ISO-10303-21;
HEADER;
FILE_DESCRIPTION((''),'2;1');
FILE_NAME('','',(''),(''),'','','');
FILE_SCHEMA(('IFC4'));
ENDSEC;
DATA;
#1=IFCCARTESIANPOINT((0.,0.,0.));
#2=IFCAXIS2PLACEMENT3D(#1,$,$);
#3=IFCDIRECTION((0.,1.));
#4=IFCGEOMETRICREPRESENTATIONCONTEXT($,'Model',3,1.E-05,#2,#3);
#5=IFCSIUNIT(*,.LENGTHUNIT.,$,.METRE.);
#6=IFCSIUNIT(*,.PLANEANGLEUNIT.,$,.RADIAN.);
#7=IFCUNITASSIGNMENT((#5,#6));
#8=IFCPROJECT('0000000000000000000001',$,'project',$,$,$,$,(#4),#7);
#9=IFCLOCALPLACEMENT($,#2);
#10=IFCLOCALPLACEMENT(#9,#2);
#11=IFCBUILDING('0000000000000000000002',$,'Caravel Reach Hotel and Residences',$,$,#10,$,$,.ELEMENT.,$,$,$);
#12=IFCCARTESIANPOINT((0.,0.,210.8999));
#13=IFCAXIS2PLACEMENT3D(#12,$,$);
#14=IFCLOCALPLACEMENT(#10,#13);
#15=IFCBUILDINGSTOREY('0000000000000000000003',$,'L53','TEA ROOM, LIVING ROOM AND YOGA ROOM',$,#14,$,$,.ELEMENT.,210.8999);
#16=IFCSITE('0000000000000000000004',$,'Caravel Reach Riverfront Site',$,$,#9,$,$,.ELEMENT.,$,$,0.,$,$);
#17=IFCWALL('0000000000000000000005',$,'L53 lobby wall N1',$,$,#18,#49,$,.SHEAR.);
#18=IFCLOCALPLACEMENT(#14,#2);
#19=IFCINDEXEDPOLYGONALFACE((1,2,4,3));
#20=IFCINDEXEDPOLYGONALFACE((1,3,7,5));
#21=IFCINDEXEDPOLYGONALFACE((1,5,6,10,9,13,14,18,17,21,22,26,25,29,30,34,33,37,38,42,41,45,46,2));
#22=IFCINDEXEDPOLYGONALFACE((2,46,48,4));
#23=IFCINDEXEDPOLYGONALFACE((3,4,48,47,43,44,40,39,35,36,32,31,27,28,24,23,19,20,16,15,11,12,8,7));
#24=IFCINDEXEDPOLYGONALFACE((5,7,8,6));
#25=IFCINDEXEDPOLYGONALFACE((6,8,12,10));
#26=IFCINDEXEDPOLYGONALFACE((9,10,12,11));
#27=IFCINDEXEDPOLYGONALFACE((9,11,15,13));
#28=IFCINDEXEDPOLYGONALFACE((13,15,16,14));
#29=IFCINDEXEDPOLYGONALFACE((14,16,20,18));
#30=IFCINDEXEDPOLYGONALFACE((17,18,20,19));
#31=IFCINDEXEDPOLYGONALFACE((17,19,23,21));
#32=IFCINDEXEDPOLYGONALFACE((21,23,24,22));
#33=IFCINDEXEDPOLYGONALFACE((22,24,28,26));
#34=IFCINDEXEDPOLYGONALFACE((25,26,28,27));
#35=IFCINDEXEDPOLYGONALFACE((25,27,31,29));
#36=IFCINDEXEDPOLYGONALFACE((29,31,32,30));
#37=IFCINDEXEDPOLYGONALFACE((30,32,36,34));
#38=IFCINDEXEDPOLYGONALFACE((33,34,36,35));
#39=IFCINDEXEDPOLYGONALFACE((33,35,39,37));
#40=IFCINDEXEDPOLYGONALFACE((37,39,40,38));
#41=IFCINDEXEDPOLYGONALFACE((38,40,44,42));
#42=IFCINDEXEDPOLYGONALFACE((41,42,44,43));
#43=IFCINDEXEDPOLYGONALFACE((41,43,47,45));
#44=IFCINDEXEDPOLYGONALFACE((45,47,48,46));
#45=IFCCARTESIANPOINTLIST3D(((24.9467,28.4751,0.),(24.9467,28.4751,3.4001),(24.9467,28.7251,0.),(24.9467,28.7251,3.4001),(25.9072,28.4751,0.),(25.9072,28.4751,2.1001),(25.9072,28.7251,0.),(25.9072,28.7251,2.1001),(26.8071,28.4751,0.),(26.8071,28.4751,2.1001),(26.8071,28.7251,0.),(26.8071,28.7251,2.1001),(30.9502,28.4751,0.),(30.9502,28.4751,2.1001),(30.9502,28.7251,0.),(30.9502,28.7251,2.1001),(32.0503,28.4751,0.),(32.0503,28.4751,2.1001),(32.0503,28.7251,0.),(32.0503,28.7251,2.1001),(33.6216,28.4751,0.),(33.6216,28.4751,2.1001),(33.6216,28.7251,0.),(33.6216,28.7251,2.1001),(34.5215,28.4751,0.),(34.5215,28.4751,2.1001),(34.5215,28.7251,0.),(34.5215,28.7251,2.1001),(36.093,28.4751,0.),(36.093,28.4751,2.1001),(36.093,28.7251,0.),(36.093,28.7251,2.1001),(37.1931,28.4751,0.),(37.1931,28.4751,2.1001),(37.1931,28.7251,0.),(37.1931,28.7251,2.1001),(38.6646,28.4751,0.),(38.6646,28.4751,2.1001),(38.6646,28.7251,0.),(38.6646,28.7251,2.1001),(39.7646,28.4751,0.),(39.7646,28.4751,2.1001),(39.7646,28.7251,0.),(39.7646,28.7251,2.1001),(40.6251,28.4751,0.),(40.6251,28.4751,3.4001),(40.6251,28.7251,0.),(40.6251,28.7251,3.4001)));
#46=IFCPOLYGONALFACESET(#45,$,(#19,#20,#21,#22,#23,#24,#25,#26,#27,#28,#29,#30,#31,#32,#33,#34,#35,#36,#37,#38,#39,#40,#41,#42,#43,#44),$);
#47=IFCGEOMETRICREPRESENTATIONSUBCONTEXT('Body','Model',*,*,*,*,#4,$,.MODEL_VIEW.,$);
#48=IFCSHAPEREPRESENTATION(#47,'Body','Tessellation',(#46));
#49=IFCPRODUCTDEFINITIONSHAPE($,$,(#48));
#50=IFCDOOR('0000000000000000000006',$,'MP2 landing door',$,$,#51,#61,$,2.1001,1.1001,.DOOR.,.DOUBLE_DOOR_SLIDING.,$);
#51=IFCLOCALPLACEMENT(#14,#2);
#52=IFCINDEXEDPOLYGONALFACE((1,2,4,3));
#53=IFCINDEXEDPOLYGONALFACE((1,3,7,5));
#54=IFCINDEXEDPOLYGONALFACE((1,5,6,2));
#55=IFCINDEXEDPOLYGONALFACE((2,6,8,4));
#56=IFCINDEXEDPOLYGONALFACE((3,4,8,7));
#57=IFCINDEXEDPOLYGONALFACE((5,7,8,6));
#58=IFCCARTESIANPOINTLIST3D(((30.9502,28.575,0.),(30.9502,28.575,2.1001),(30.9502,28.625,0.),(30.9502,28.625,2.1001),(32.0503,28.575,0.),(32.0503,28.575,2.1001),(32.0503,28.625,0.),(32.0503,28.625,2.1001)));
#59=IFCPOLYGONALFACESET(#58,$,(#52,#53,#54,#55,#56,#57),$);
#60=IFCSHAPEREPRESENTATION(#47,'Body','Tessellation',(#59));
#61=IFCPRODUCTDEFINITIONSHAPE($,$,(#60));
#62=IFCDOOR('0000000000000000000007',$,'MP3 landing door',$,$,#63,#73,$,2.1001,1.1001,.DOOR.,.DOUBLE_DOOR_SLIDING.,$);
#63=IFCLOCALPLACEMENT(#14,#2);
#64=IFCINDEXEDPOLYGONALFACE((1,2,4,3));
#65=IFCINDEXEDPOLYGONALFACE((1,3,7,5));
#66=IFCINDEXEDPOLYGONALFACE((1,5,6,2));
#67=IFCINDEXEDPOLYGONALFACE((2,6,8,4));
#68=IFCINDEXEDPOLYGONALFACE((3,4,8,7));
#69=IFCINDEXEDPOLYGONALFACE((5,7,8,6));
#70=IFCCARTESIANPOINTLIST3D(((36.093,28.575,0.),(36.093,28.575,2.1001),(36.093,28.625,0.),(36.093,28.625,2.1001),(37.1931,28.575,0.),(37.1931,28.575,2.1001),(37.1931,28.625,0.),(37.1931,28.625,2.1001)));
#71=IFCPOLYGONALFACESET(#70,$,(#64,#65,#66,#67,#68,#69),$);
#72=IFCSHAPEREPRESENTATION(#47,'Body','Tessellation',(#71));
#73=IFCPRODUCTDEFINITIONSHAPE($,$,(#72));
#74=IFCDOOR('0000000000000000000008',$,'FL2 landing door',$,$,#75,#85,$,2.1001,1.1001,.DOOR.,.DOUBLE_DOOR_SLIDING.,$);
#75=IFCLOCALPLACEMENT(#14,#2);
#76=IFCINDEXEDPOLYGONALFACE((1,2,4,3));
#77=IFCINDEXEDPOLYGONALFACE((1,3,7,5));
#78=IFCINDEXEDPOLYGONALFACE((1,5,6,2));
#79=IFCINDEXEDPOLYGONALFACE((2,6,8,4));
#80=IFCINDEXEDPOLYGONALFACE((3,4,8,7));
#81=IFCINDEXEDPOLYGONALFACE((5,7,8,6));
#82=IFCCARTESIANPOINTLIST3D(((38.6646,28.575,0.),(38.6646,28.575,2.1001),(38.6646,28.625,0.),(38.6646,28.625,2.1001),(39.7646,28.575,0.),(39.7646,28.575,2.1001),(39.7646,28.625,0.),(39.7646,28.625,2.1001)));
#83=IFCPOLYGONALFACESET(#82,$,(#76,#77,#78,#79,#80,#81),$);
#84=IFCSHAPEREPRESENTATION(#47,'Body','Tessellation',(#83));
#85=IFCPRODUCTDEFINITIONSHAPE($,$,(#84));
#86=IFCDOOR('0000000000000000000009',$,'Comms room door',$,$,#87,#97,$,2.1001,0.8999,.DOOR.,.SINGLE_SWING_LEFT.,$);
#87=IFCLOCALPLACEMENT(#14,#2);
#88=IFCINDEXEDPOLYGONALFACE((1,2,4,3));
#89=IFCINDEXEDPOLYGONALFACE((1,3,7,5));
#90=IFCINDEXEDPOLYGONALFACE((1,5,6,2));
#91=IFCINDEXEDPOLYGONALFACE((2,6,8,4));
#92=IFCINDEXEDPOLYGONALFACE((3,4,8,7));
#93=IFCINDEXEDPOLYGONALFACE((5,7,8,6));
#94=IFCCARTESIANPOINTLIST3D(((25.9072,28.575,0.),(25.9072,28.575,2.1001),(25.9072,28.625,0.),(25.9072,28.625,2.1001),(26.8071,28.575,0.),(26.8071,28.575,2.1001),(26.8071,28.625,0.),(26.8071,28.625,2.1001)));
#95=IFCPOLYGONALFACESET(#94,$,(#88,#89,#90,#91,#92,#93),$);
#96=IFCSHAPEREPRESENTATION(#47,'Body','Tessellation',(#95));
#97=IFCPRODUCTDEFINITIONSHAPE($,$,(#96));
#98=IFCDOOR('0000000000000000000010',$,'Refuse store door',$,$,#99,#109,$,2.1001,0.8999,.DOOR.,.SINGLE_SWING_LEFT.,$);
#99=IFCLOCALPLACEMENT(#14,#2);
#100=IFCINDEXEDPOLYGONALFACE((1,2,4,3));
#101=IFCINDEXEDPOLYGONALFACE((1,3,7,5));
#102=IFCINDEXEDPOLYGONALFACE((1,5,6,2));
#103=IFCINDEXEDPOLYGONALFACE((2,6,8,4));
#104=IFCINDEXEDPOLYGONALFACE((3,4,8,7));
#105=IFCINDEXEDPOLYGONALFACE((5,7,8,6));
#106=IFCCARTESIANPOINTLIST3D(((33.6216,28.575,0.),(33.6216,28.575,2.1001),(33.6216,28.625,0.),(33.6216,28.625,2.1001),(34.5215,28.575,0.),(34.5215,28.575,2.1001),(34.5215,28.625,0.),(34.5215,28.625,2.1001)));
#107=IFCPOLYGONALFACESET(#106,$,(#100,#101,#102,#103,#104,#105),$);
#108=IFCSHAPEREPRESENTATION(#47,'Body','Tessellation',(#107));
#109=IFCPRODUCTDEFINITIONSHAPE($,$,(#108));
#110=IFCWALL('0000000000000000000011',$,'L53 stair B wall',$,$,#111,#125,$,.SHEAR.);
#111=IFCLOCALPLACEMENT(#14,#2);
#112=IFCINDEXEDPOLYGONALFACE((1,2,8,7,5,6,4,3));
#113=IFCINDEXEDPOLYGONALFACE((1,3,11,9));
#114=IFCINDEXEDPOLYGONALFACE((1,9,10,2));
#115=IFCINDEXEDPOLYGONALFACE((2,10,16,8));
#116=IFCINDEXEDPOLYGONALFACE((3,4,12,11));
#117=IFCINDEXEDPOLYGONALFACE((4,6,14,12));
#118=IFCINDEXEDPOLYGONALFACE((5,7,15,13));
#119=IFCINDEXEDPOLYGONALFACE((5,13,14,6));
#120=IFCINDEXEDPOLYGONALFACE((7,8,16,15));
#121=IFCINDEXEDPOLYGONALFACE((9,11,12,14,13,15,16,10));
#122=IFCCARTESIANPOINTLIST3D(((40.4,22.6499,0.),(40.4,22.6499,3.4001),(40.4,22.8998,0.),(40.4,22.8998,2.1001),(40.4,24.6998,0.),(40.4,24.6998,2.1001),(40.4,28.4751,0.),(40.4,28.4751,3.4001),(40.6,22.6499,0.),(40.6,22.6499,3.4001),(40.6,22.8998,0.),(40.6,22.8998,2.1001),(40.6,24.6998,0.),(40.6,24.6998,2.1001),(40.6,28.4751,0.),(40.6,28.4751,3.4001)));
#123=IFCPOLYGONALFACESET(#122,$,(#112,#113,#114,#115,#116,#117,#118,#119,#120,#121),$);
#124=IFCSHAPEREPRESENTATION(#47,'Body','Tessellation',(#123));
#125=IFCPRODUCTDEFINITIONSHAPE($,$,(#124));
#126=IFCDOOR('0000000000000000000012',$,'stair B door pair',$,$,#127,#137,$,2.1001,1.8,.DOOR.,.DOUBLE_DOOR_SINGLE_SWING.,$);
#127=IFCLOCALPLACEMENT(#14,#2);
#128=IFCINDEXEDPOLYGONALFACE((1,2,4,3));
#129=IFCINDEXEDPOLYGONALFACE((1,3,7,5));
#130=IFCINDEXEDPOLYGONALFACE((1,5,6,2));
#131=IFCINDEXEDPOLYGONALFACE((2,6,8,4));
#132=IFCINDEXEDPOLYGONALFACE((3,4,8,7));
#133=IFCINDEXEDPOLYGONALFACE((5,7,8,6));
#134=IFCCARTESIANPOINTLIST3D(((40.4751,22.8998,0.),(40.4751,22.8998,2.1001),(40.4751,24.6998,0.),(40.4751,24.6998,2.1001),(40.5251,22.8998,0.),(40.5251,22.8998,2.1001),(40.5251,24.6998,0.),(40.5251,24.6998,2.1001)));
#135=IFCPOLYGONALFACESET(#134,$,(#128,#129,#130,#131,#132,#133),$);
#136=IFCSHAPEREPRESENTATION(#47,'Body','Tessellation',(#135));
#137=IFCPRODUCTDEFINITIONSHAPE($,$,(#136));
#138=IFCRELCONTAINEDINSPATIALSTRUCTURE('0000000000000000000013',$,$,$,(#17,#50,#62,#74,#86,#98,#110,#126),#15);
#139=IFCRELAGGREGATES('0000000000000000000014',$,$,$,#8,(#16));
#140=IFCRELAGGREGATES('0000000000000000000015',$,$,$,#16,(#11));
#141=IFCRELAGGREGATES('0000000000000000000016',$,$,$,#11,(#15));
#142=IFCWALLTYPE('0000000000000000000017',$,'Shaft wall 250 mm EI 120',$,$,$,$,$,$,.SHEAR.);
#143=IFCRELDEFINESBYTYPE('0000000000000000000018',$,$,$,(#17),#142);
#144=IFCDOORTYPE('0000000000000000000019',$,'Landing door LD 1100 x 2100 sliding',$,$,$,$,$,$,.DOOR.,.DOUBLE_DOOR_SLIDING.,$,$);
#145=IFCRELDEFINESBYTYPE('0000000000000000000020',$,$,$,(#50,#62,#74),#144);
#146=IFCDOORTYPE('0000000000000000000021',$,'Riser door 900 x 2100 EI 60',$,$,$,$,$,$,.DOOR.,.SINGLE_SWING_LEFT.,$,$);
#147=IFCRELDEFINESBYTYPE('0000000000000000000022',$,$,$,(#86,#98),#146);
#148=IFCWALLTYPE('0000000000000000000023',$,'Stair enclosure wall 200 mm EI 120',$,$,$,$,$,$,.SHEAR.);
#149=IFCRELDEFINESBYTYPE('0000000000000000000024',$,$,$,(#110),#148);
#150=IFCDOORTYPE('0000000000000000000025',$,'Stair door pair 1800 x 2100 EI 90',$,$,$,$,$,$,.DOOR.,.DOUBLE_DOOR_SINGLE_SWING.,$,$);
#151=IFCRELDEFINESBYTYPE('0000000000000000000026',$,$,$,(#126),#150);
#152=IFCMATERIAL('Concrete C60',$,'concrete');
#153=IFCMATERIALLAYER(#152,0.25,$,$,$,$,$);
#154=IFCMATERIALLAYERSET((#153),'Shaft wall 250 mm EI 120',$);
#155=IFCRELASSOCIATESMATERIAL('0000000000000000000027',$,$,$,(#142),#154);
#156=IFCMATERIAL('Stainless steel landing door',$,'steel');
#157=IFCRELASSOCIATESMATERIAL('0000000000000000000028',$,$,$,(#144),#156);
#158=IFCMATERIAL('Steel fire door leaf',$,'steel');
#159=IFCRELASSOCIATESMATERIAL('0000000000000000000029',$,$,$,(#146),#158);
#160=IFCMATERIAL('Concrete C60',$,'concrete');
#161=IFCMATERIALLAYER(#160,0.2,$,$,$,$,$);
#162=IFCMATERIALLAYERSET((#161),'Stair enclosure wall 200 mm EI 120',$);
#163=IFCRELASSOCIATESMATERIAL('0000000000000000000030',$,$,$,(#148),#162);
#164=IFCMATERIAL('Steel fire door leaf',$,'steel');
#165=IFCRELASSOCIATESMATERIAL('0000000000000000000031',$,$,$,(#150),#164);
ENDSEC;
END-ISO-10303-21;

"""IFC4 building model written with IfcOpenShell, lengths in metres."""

from ifc_helpers import new_model, si_unit, direction, frame, frame_2d, origin, place, context, subcontext, project, spatial, rectangle, extrude, material, layer, layer_set, type_object, element, fill, save


model = new_model("IFC4")

# Units and contexts
model_context = context("Model", 3, precision=1e-05, world=origin(), true_north=direction((0.0, 1.0)))
body_context = subcontext(model_context, "Body", "Model", "MODEL_VIEW")
ifc_project = project(units=[si_unit("LENGTHUNIT", "METRE"), si_unit("PLANEANGLEUNIT", "RADIAN")], contexts=[model_context])

# Site, building, storey
site_placement = place(None, origin())
site = spatial("IfcSite", under=ifc_project, at=site_placement, Name="Caravel Reach Riverfront Site", CompositionType="ELEMENT", RefElevation=0.0)
building_placement = place(site_placement, origin())
building = spatial("IfcBuilding", under=site, at=building_placement, Name="Caravel Reach Hotel and Residences", CompositionType="ELEMENT")
storey_placement = place(building_placement, frame((0.0, 0.0, 210.8999)))
storey = spatial("IfcBuildingStorey", under=building, at=storey_placement, Name="L53", Description="TEA ROOM, LIVING ROOM AND YOGA ROOM", CompositionType="ELEMENT", Elevation=210.8999)

# Wall, openings, doors
ifc_material_1 = material(Name="Concrete C60", Category="concrete")
ifc_layer_1 = layer(ifc_material_1, 0.25)
ifc_layer_set_1 = layer_set([ifc_layer_1], Name="Shaft wall 250 mm EI 120")
wall_type_1 = type_object("IfcWallType", Name="Shaft wall 250 mm EI 120", PredefinedType="SHEAR", material=ifc_layer_set_1)
wall_1_placement = place(storey_placement, frame((24.9465, 28.6001, 0.0), z_axis=(0.0, 0.0, 1.0), x_axis=(1.0, 0.0, 0.0)))
wall_1 = element("IfcWall", 1, at=wall_1_placement, inside=storey, type_object=wall_type_1, Name="L53 lobby wall N1", PredefinedType="SHEAR", context=body_context, shape_type="SweptSolid", body=[
    extrude(rectangle(XDim=15.6785, YDim=0.25, at=frame_2d((7.8394, 0.0))), origin(), (0.0, 0.0, 1.0), 3.4001),
])
opening_1_placement = place(wall_1_placement, frame((6.0037, 0.0, 0.0)))
opening_1 = element("IfcOpeningElement", 2, at=opening_1_placement, cuts=wall_1, PredefinedType="OPENING", context=body_context, shape_type="SweptSolid", body=[
    extrude(rectangle(XDim=1.1001, YDim=2.1001, at=frame_2d((0.55, 1.05))), frame((0.0, 0.135, 0.0), z_axis=(0.0, -1.0, 0.0), x_axis=(1.0, 0.0, 0.0)), (0.0, 0.0, 1.0), 0.27),
])
opening_2_placement = place(wall_1_placement, frame((11.1465, 0.0, 0.0)))
opening_2 = element("IfcOpeningElement", 3, at=opening_2_placement, cuts=wall_1, PredefinedType="OPENING", context=body_context, shape_type="SweptSolid", body=[
    extrude(rectangle(XDim=1.1001, YDim=2.1001, at=frame_2d((0.55, 1.05))), frame((0.0, 0.135, 0.0), z_axis=(0.0, -1.0, 0.0), x_axis=(1.0, 0.0, 0.0)), (0.0, 0.0, 1.0), 0.27),
])
opening_3_placement = place(wall_1_placement, frame((13.718, 0.0, 0.0)))
opening_3 = element("IfcOpeningElement", 4, at=opening_3_placement, cuts=wall_1, PredefinedType="OPENING", context=body_context, shape_type="SweptSolid", body=[
    extrude(rectangle(XDim=1.1001, YDim=2.1001, at=frame_2d((0.55, 1.05))), frame((0.0, 0.135, 0.0), z_axis=(0.0, -1.0, 0.0), x_axis=(1.0, 0.0, 0.0)), (0.0, 0.0, 1.0), 0.27),
])
opening_4_placement = place(wall_1_placement, frame((0.9607, 0.0, 0.0)))
opening_4 = element("IfcOpeningElement", 5, at=opening_4_placement, cuts=wall_1, PredefinedType="OPENING", context=body_context, shape_type="SweptSolid", body=[
    extrude(rectangle(XDim=0.8999, YDim=2.1001, at=frame_2d((0.45, 1.05))), frame((0.0, 0.135, 0.0), z_axis=(0.0, -1.0, 0.0), x_axis=(1.0, 0.0, 0.0)), (0.0, 0.0, 1.0), 0.27),
])
opening_5_placement = place(wall_1_placement, frame((8.675, 0.0, 0.0)))
opening_5 = element("IfcOpeningElement", 6, at=opening_5_placement, cuts=wall_1, PredefinedType="OPENING", context=body_context, shape_type="SweptSolid", body=[
    extrude(rectangle(XDim=0.8999, YDim=2.1001, at=frame_2d((0.45, 1.05))), frame((0.0, 0.135, 0.0), z_axis=(0.0, -1.0, 0.0), x_axis=(1.0, 0.0, 0.0)), (0.0, 0.0, 1.0), 0.27),
])
ifc_material_2 = material(Name="Stainless steel landing door", Category="steel")
door_type_1 = type_object("IfcDoorType", Name="Landing door LD 1100 x 2100 sliding", OperationType="DOUBLE_DOOR_SLIDING", PredefinedType="DOOR", material=ifc_material_2)
door_1_placement = place(opening_1_placement, origin())
door_1 = element("IfcDoor", 7, at=door_1_placement, inside=storey, type_object=door_type_1, Name="MP2 landing door", OperationType="DOUBLE_DOOR_SLIDING", OverallHeight=2.1001, OverallWidth=1.1001, PredefinedType="DOOR", context=body_context, shape_type="SweptSolid", body=[
    extrude(rectangle(XDim=1.1001, YDim=2.1001, at=frame_2d((0.55, 1.05))), frame((0.0, 0.0249, 0.0), z_axis=(0.0, -1.0, 0.0), x_axis=(1.0, 0.0, 0.0)), (0.0, 0.0, 1.0), 0.05),
])
fill(opening_1, door_1)
door_2_placement = place(opening_2_placement, origin())
door_2 = element("IfcDoor", 8, at=door_2_placement, inside=storey, type_object=door_type_1, Name="MP3 landing door", OperationType="DOUBLE_DOOR_SLIDING", OverallHeight=2.1001, OverallWidth=1.1001, PredefinedType="DOOR", context=body_context, shape_type="SweptSolid", body=[
    extrude(rectangle(XDim=1.1001, YDim=2.1001, at=frame_2d((0.55, 1.05))), frame((0.0, 0.0249, 0.0), z_axis=(0.0, -1.0, 0.0), x_axis=(1.0, 0.0, 0.0)), (0.0, 0.0, 1.0), 0.05),
])
fill(opening_2, door_2)
door_3_placement = place(opening_3_placement, origin())
door_3 = element("IfcDoor", 9, at=door_3_placement, inside=storey, type_object=door_type_1, Name="FL2 landing door", OperationType="DOUBLE_DOOR_SLIDING", OverallHeight=2.1001, OverallWidth=1.1001, PredefinedType="DOOR", context=body_context, shape_type="SweptSolid", body=[
    extrude(rectangle(XDim=1.1001, YDim=2.1001, at=frame_2d((0.55, 1.05))), frame((0.0, 0.0249, 0.0), z_axis=(0.0, -1.0, 0.0), x_axis=(1.0, 0.0, 0.0)), (0.0, 0.0, 1.0), 0.05),
])
fill(opening_3, door_3)
ifc_material_3 = material(Name="Steel fire door leaf", Category="steel")
door_type_2 = type_object("IfcDoorType", Name="Riser door 900 x 2100 EI 60", OperationType="SINGLE_SWING_LEFT", PredefinedType="DOOR", material=ifc_material_3)
door_4_placement = place(opening_4_placement, origin())
door_4 = element("IfcDoor", 10, at=door_4_placement, inside=storey, type_object=door_type_2, Name="Comms room door", OperationType="SINGLE_SWING_LEFT", OverallHeight=2.1001, OverallWidth=0.8999, PredefinedType="DOOR", context=body_context, shape_type="SweptSolid", body=[
    extrude(rectangle(XDim=0.8999, YDim=2.1001, at=frame_2d((0.45, 1.05))), frame((0.0, 0.0249, 0.0), z_axis=(0.0, -1.0, 0.0), x_axis=(1.0, 0.0, 0.0)), (0.0, 0.0, 1.0), 0.05),
])
fill(opening_4, door_4)
door_5_placement = place(opening_5_placement, origin())
door_5 = element("IfcDoor", 11, at=door_5_placement, inside=storey, type_object=door_type_2, Name="Refuse store door", OperationType="SINGLE_SWING_LEFT", OverallHeight=2.1001, OverallWidth=0.8999, PredefinedType="DOOR", context=body_context, shape_type="SweptSolid", body=[
    extrude(rectangle(XDim=0.8999, YDim=2.1001, at=frame_2d((0.45, 1.05))), frame((0.0, 0.0249, 0.0), z_axis=(0.0, -1.0, 0.0), x_axis=(1.0, 0.0, 0.0)), (0.0, 0.0, 1.0), 0.05),
])
fill(opening_5, door_5)

# Wall, opening, door
ifc_material_4 = material(Name="Concrete C60", Category="concrete")
ifc_layer_2 = layer(ifc_material_4, 0.2)
ifc_layer_set_2 = layer_set([ifc_layer_2], Name="Stair enclosure wall 200 mm EI 120")
wall_type_2 = type_object("IfcWallType", Name="Stair enclosure wall 200 mm EI 120", PredefinedType="SHEAR", material=ifc_layer_set_2)
wall_2_placement = place(storey_placement, frame((40.5, 22.6499, 0.0), z_axis=(0.0, 0.0, 1.0), x_axis=(0.0, 1.0, 0.0)))
wall_2 = element("IfcWall", 12, at=wall_2_placement, inside=storey, type_object=wall_type_2, Name="L53 stair B wall", PredefinedType="SHEAR", context=body_context, shape_type="SweptSolid", body=[
    extrude(rectangle(XDim=5.8252, YDim=0.2, at=frame_2d((2.9126, 0.0))), origin(), (0.0, 0.0, 1.0), 3.4001),
])
opening_6_placement = place(wall_2_placement, frame((0.25, 0.0, 0.0)))
opening_6 = element("IfcOpeningElement", 13, at=opening_6_placement, cuts=wall_2, PredefinedType="OPENING", context=body_context, shape_type="SweptSolid", body=[
    extrude(rectangle(XDim=1.8, YDim=2.1001, at=frame_2d((0.8999, 1.05))), frame((0.0, 0.1099, 0.0), z_axis=(0.0, -1.0, 0.0), x_axis=(1.0, 0.0, 0.0)), (0.0, 0.0, 1.0), 0.22),
])
ifc_material_5 = material(Name="Steel fire door leaf", Category="steel")
door_type_3 = type_object("IfcDoorType", Name="Stair door pair 1800 x 2100 EI 90", OperationType="DOUBLE_DOOR_SINGLE_SWING", PredefinedType="DOOR", material=ifc_material_5)
door_6_placement = place(opening_6_placement, origin())
door_6 = element("IfcDoor", 14, at=door_6_placement, inside=storey, type_object=door_type_3, Name="stair B door pair", OperationType="DOUBLE_DOOR_SINGLE_SWING", OverallHeight=2.1001, OverallWidth=1.8, PredefinedType="DOOR", context=body_context, shape_type="SweptSolid", body=[
    extrude(rectangle(XDim=1.8, YDim=2.1001, at=frame_2d((0.8999, 1.05))), frame((0.0, 0.0249, 0.0), z_axis=(0.0, -1.0, 0.0), x_axis=(1.0, 0.0, 0.0)), (0.0, 0.0, 1.0), 0.05),
])
fill(opening_6, door_6)

save(model, "model.ifc")
